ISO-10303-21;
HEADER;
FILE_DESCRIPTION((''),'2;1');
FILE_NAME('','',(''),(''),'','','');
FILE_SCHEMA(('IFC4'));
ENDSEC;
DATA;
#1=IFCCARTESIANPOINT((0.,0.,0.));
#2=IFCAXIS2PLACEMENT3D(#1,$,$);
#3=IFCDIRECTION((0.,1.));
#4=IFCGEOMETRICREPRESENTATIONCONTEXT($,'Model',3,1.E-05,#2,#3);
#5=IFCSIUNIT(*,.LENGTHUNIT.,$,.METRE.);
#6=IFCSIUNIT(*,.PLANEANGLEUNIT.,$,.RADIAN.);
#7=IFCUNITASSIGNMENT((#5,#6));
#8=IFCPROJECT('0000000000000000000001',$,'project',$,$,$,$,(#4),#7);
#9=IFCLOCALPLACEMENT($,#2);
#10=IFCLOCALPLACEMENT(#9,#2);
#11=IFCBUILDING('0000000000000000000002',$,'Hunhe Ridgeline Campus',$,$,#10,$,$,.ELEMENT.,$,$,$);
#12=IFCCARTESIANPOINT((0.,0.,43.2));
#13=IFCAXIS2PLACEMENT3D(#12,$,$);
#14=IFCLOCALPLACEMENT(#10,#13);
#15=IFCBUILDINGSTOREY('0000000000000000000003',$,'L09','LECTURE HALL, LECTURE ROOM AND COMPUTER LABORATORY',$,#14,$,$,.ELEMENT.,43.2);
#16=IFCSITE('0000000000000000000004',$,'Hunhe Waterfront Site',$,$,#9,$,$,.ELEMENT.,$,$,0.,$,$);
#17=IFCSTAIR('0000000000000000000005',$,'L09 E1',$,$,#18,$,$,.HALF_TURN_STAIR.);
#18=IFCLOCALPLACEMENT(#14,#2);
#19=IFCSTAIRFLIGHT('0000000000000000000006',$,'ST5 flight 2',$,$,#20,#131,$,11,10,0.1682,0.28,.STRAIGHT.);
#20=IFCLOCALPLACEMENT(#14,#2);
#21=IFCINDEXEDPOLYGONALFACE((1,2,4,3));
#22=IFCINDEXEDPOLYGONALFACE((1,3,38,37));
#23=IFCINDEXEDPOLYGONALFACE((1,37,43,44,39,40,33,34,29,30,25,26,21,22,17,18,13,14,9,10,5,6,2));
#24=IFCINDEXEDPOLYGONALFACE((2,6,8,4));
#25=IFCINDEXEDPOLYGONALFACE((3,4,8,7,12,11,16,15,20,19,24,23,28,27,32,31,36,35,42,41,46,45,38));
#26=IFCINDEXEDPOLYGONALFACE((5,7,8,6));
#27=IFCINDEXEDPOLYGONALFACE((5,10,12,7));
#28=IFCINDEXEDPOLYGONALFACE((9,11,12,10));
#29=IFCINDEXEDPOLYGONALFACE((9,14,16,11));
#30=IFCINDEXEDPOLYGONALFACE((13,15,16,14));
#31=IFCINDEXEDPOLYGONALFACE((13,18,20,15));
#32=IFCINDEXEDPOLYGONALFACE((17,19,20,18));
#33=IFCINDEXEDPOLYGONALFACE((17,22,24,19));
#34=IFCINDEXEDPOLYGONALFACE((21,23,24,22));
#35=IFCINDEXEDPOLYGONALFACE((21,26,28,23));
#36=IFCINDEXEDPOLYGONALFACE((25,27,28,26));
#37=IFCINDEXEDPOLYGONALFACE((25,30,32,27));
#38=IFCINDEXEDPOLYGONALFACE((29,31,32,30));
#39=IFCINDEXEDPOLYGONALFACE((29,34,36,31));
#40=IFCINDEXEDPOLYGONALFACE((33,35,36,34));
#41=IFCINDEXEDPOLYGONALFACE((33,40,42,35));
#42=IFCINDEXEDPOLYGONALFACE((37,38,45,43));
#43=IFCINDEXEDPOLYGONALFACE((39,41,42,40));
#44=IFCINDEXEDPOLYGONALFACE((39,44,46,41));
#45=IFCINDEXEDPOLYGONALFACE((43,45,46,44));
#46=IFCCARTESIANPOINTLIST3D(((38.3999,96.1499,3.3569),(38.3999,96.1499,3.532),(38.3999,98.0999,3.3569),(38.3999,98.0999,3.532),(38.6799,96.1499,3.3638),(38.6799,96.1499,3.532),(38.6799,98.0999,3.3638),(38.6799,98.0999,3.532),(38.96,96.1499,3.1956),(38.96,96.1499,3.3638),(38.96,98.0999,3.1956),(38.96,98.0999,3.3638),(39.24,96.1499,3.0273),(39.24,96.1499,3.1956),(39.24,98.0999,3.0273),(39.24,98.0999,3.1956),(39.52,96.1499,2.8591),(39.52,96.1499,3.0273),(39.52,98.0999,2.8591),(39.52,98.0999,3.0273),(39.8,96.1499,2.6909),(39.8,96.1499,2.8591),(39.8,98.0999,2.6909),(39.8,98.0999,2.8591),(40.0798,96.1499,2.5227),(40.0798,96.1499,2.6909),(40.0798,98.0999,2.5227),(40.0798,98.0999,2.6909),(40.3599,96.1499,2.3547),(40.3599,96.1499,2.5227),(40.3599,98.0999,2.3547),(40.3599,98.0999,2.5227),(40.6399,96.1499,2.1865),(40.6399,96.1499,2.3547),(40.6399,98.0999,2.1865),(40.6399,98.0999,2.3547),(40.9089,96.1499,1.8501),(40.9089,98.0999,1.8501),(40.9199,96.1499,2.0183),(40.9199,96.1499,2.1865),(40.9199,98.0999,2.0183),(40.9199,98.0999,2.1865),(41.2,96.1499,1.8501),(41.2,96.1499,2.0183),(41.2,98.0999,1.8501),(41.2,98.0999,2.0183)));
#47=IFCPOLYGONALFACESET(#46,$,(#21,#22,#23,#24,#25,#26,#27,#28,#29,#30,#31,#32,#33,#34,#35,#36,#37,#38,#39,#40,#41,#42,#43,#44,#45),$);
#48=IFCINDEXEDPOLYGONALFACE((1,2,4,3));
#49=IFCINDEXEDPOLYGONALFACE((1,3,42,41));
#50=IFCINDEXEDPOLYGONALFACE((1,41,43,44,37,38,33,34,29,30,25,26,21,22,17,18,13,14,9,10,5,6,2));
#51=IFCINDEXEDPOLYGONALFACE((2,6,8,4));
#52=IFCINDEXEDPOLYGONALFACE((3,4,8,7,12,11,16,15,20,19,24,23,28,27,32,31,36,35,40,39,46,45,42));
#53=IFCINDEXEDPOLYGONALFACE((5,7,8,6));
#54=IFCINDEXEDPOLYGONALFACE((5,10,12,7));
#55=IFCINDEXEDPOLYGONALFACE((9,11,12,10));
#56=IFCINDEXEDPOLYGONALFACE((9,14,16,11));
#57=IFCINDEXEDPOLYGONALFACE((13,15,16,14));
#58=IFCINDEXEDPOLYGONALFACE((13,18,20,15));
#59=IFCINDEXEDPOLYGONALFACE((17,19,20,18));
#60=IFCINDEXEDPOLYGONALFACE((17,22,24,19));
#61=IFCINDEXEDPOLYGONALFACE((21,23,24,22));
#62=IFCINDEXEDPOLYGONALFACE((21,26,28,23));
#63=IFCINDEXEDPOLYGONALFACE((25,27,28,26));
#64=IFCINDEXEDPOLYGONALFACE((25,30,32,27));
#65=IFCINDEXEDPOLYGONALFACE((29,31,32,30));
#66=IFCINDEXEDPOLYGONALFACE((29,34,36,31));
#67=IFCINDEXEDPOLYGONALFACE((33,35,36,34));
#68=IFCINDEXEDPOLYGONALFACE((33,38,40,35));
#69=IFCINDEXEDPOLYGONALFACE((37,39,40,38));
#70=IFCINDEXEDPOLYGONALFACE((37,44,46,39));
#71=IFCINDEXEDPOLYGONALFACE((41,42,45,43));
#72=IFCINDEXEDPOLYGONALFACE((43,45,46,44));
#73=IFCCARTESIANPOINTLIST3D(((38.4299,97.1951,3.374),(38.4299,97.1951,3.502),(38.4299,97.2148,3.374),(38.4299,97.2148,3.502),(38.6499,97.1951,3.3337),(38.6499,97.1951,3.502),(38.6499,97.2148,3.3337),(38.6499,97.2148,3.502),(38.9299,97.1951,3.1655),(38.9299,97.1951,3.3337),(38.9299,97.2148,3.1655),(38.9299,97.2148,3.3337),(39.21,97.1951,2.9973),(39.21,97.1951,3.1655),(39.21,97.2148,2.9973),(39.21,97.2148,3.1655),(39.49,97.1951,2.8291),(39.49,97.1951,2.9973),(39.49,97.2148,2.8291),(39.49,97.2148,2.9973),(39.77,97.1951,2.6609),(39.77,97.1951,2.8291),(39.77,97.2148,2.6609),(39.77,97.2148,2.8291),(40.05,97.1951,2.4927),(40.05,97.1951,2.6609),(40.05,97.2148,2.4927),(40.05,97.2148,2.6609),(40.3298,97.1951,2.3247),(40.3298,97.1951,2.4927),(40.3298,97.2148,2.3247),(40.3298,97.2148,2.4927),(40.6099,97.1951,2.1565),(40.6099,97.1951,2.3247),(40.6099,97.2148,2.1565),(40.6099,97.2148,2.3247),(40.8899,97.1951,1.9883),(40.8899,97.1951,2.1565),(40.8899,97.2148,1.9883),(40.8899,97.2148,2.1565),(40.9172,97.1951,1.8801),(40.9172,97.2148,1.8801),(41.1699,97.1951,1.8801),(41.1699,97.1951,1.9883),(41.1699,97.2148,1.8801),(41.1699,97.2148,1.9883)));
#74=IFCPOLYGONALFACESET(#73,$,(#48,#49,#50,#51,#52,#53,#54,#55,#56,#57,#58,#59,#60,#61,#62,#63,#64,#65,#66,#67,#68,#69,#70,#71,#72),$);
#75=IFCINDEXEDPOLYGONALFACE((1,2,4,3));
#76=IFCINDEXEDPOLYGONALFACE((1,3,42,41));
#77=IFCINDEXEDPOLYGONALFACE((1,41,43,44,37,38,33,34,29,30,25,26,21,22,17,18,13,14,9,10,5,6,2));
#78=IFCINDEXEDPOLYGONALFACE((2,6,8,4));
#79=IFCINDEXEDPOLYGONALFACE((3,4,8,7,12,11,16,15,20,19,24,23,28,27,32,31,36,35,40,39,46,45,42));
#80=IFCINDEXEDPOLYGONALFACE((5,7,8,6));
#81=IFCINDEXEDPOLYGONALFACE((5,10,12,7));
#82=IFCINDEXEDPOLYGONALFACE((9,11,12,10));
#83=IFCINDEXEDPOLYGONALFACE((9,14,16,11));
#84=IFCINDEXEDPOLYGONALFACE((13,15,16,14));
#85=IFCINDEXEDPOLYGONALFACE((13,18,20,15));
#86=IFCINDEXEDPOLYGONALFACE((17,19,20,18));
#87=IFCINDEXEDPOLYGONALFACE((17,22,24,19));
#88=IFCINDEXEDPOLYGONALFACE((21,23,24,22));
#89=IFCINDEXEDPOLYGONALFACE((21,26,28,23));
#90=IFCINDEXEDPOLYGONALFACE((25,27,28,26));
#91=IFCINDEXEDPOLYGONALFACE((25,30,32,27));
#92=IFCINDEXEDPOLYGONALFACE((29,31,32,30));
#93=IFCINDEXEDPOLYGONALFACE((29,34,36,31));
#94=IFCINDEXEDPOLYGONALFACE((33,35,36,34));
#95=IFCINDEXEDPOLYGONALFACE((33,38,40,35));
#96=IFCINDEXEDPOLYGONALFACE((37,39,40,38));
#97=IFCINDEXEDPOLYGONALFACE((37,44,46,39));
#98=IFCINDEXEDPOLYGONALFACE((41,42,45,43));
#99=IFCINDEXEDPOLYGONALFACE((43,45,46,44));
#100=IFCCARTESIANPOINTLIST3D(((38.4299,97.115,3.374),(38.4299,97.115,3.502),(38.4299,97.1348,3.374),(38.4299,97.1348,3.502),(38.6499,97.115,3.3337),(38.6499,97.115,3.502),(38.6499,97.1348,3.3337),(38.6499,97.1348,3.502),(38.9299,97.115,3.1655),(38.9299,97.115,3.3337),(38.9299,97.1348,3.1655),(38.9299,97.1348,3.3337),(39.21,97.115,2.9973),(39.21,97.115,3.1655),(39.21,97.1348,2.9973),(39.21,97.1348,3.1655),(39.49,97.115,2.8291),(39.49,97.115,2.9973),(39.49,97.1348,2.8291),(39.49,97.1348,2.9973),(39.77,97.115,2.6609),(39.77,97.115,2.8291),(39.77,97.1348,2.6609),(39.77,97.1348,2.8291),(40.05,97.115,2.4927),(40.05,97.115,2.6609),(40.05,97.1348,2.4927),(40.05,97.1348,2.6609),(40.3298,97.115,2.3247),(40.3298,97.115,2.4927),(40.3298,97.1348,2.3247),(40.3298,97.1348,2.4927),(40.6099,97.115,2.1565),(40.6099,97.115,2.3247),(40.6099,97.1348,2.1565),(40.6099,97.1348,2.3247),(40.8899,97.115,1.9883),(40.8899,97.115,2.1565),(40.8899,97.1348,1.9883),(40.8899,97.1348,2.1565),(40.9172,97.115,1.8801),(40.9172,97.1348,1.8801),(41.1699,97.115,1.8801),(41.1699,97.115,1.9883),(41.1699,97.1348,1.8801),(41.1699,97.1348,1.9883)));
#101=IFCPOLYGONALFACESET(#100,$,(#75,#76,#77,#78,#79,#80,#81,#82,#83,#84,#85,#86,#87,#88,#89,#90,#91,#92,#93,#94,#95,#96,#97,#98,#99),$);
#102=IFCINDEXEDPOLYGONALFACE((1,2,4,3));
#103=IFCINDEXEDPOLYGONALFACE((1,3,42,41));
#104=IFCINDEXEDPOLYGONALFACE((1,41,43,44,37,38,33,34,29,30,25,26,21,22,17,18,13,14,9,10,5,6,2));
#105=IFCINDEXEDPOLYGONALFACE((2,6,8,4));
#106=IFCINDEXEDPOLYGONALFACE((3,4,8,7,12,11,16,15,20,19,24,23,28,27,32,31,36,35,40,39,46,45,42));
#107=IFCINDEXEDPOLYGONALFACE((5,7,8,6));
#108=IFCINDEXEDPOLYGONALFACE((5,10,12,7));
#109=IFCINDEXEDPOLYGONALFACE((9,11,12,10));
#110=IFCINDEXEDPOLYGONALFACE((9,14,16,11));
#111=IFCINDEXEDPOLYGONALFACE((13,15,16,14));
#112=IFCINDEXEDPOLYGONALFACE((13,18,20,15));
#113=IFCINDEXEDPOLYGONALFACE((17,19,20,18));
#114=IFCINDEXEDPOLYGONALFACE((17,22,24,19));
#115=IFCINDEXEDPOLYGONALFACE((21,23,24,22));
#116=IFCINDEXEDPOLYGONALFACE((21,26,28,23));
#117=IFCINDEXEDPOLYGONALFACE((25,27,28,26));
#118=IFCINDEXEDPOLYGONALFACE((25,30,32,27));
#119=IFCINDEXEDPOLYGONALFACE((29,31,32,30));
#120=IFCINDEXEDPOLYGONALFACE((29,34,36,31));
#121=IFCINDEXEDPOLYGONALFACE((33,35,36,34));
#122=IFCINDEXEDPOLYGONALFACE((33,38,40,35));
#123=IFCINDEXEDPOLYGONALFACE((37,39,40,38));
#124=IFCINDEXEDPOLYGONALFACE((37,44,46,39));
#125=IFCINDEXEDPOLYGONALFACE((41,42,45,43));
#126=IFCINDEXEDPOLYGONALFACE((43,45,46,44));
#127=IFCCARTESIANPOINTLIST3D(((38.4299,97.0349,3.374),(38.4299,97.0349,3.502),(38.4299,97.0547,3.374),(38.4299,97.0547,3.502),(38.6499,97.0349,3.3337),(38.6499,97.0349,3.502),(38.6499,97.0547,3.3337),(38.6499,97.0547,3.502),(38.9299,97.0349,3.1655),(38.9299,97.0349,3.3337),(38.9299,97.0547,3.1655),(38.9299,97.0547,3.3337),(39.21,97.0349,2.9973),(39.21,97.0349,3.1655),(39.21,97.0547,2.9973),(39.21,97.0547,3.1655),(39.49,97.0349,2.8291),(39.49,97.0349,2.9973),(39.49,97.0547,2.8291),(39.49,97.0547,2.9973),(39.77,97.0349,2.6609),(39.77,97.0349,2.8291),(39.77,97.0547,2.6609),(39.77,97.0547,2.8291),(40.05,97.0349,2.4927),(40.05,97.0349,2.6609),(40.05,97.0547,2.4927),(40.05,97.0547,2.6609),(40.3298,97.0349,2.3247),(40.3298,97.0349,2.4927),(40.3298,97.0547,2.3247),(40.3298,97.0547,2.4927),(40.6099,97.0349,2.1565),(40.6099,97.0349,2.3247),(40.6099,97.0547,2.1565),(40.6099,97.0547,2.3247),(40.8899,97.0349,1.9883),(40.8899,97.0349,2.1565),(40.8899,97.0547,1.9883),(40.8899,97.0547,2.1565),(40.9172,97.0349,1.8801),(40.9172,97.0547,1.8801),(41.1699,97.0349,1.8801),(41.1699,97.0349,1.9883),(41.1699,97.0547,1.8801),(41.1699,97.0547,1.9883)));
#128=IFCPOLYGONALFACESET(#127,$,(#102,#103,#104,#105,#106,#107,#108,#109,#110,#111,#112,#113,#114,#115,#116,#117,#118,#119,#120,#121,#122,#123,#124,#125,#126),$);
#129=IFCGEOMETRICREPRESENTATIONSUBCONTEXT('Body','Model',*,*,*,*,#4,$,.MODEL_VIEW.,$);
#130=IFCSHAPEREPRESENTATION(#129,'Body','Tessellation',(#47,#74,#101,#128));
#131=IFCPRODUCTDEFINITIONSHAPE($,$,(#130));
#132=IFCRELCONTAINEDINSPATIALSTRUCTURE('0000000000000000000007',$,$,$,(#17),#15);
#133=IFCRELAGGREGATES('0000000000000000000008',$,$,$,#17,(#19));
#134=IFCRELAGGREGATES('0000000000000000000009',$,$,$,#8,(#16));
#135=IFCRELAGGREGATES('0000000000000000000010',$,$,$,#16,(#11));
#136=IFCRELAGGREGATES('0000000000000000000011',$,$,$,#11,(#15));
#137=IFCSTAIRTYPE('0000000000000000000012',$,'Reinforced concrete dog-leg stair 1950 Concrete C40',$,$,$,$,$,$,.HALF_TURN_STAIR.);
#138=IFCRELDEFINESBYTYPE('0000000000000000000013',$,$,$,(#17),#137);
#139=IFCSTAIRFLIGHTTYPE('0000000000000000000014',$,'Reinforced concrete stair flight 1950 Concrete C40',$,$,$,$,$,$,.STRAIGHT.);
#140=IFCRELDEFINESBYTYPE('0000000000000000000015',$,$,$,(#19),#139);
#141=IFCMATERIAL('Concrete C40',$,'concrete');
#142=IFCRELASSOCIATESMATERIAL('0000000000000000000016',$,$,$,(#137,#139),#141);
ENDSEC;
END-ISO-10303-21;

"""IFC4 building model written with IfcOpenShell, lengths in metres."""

from ifc_helpers import new_model, si_unit, direction, frame, origin, place, context, subcontext, project, spatial, polyline, outline, extrude, material, type_object, element, aggregate, save


model = new_model("IFC4")

# Units and contexts
model_context = context("Model", 3, precision=1e-05, world=origin(), true_north=direction((0.0, 1.0)))
body_context = subcontext(model_context, "Body", "Model", "MODEL_VIEW")
ifc_project = project(units=[si_unit("LENGTHUNIT", "METRE"), si_unit("PLANEANGLEUNIT", "RADIAN")], contexts=[model_context])

# Site, building, storey
site_placement = place(None, origin())
site = spatial("IfcSite", under=ifc_project, at=site_placement, Name="Hunhe Waterfront Site", CompositionType="ELEMENT", RefElevation=0.0)
building_placement = place(site_placement, origin())
building = spatial("IfcBuilding", under=site, at=building_placement, Name="Hunhe Ridgeline Campus", CompositionType="ELEMENT")
storey_placement = place(building_placement, frame((0.0, 0.0, 43.2)))
storey = spatial("IfcBuildingStorey", under=building, at=storey_placement, Name="L09", Description="LECTURE HALL, LECTURE ROOM AND COMPUTER LABORATORY", CompositionType="ELEMENT", Elevation=43.2)

# Stair, stair flight
ifc_material_1 = material(Name="Concrete C40", Category="concrete")
stair_type = type_object("IfcStairType", Name="Reinforced concrete dog-leg stair 1950 Concrete C40", PredefinedType="HALF_TURN_STAIR", material=ifc_material_1)
stair_1_placement = place(storey_placement, origin())
stair_1 = element("IfcStair", 1, at=stair_1_placement, inside=storey, type_object=stair_type, Name="L09 E1", PredefinedType="HALF_TURN_STAIR")
stair_flight_type = type_object("IfcStairFlightType", Name="Reinforced concrete stair flight 1950 Concrete C40", PredefinedType="STRAIGHT", material=ifc_material_1)
stair_flight_1_placement = place(storey_placement, frame((41.2, 97.125, 1.8501), z_axis=(0.0, 0.0, 1.0), x_axis=(-1.0, 0.0, 0.0)))
stair_flight_1 = element("IfcStairFlight", 2, at=stair_flight_1_placement, type_object=stair_flight_type, Name="ST5 flight 2", NumberOfRisers=11, NumberOfTreads=10, PredefinedType="STRAIGHT", RiserHeight=0.1682, TreadLength=0.28, context=body_context, shape_type="SweptSolid", body=[
    extrude(outline(polyline([(0.0, 0.0), (0.0, 0.1682), (0.28, 0.1682), (0.28, 0.3364), (0.5601, 0.3364), (0.5601, 0.5046), (0.8401, 0.5046), (0.8401, 0.6726), (1.1201, 0.6726), (1.1201, 0.8408), (1.3999, 0.8408), (1.3999, 1.009), (1.6799, 1.009), (1.6799, 1.1772), (1.96, 1.1772), (1.96, 1.3455), (2.24, 1.3455), (2.24, 1.5137), (2.52, 1.5137), (2.52, 1.6819), (2.8, 1.6819), (2.8, 1.8501), (2.8, 1.5068), (0.291, 0.0), (0.0, 0.0)])), frame((0.0, 0.9751, 0.0), z_axis=(0.0, -1.0, 0.0), x_axis=(1.0, 0.0, 0.0)), (0.0, 0.0, 1.0), 1.95),
    extrude(outline(polyline([(0.03, 0.03), (0.03, 0.1382), (0.3101, 0.1382), (0.3101, 0.3064), (0.5901, 0.3064), (0.5901, 0.4746), (0.8701, 0.4746), (0.8701, 0.6426), (1.1499, 0.6426), (1.1499, 0.8108), (1.4299, 0.8108), (1.4299, 0.979), (1.71, 0.979), (1.71, 1.1472), (1.99, 1.1472), (1.99, 1.3154), (2.27, 1.3154), (2.27, 1.4836), (2.55, 1.4836), (2.55, 1.6519), (2.77, 1.6519), (2.77, 1.5239), (0.2827, 0.03), (0.03, 0.03)])), frame((0.0, -0.0701, 0.0), z_axis=(0.0, -1.0, 0.0), x_axis=(1.0, 0.0, 0.0)), (0.0, 0.0, 1.0), 0.0198),
    extrude(outline(polyline([(0.03, 0.03), (0.03, 0.1382), (0.3101, 0.1382), (0.3101, 0.3064), (0.5901, 0.3064), (0.5901, 0.4746), (0.8701, 0.4746), (0.8701, 0.6426), (1.1499, 0.6426), (1.1499, 0.8108), (1.4299, 0.8108), (1.4299, 0.979), (1.71, 0.979), (1.71, 1.1472), (1.99, 1.1472), (1.99, 1.3154), (2.27, 1.3154), (2.27, 1.4836), (2.55, 1.4836), (2.55, 1.6519), (2.77, 1.6519), (2.77, 1.5239), (0.2827, 0.03), (0.03, 0.03)])), frame((0.0, 0.01, 0.0), z_axis=(0.0, -1.0, 0.0), x_axis=(1.0, 0.0, 0.0)), (0.0, 0.0, 1.0), 0.0198),
    extrude(outline(polyline([(0.03, 0.03), (0.03, 0.1382), (0.3101, 0.1382), (0.3101, 0.3064), (0.5901, 0.3064), (0.5901, 0.4746), (0.8701, 0.4746), (0.8701, 0.6426), (1.1499, 0.6426), (1.1499, 0.8108), (1.4299, 0.8108), (1.4299, 0.979), (1.71, 0.979), (1.71, 1.1472), (1.99, 1.1472), (1.99, 1.3154), (2.27, 1.3154), (2.27, 1.4836), (2.55, 1.4836), (2.55, 1.6519), (2.77, 1.6519), (2.77, 1.5239), (0.2827, 0.03), (0.03, 0.03)])), frame((0.0, 0.0901, 0.0), z_axis=(0.0, -1.0, 0.0), x_axis=(1.0, 0.0, 0.0)), (0.0, 0.0, 1.0), 0.0198),
])
aggregate(stair_1, [stair_flight_1])

save(model, "model.ifc")
